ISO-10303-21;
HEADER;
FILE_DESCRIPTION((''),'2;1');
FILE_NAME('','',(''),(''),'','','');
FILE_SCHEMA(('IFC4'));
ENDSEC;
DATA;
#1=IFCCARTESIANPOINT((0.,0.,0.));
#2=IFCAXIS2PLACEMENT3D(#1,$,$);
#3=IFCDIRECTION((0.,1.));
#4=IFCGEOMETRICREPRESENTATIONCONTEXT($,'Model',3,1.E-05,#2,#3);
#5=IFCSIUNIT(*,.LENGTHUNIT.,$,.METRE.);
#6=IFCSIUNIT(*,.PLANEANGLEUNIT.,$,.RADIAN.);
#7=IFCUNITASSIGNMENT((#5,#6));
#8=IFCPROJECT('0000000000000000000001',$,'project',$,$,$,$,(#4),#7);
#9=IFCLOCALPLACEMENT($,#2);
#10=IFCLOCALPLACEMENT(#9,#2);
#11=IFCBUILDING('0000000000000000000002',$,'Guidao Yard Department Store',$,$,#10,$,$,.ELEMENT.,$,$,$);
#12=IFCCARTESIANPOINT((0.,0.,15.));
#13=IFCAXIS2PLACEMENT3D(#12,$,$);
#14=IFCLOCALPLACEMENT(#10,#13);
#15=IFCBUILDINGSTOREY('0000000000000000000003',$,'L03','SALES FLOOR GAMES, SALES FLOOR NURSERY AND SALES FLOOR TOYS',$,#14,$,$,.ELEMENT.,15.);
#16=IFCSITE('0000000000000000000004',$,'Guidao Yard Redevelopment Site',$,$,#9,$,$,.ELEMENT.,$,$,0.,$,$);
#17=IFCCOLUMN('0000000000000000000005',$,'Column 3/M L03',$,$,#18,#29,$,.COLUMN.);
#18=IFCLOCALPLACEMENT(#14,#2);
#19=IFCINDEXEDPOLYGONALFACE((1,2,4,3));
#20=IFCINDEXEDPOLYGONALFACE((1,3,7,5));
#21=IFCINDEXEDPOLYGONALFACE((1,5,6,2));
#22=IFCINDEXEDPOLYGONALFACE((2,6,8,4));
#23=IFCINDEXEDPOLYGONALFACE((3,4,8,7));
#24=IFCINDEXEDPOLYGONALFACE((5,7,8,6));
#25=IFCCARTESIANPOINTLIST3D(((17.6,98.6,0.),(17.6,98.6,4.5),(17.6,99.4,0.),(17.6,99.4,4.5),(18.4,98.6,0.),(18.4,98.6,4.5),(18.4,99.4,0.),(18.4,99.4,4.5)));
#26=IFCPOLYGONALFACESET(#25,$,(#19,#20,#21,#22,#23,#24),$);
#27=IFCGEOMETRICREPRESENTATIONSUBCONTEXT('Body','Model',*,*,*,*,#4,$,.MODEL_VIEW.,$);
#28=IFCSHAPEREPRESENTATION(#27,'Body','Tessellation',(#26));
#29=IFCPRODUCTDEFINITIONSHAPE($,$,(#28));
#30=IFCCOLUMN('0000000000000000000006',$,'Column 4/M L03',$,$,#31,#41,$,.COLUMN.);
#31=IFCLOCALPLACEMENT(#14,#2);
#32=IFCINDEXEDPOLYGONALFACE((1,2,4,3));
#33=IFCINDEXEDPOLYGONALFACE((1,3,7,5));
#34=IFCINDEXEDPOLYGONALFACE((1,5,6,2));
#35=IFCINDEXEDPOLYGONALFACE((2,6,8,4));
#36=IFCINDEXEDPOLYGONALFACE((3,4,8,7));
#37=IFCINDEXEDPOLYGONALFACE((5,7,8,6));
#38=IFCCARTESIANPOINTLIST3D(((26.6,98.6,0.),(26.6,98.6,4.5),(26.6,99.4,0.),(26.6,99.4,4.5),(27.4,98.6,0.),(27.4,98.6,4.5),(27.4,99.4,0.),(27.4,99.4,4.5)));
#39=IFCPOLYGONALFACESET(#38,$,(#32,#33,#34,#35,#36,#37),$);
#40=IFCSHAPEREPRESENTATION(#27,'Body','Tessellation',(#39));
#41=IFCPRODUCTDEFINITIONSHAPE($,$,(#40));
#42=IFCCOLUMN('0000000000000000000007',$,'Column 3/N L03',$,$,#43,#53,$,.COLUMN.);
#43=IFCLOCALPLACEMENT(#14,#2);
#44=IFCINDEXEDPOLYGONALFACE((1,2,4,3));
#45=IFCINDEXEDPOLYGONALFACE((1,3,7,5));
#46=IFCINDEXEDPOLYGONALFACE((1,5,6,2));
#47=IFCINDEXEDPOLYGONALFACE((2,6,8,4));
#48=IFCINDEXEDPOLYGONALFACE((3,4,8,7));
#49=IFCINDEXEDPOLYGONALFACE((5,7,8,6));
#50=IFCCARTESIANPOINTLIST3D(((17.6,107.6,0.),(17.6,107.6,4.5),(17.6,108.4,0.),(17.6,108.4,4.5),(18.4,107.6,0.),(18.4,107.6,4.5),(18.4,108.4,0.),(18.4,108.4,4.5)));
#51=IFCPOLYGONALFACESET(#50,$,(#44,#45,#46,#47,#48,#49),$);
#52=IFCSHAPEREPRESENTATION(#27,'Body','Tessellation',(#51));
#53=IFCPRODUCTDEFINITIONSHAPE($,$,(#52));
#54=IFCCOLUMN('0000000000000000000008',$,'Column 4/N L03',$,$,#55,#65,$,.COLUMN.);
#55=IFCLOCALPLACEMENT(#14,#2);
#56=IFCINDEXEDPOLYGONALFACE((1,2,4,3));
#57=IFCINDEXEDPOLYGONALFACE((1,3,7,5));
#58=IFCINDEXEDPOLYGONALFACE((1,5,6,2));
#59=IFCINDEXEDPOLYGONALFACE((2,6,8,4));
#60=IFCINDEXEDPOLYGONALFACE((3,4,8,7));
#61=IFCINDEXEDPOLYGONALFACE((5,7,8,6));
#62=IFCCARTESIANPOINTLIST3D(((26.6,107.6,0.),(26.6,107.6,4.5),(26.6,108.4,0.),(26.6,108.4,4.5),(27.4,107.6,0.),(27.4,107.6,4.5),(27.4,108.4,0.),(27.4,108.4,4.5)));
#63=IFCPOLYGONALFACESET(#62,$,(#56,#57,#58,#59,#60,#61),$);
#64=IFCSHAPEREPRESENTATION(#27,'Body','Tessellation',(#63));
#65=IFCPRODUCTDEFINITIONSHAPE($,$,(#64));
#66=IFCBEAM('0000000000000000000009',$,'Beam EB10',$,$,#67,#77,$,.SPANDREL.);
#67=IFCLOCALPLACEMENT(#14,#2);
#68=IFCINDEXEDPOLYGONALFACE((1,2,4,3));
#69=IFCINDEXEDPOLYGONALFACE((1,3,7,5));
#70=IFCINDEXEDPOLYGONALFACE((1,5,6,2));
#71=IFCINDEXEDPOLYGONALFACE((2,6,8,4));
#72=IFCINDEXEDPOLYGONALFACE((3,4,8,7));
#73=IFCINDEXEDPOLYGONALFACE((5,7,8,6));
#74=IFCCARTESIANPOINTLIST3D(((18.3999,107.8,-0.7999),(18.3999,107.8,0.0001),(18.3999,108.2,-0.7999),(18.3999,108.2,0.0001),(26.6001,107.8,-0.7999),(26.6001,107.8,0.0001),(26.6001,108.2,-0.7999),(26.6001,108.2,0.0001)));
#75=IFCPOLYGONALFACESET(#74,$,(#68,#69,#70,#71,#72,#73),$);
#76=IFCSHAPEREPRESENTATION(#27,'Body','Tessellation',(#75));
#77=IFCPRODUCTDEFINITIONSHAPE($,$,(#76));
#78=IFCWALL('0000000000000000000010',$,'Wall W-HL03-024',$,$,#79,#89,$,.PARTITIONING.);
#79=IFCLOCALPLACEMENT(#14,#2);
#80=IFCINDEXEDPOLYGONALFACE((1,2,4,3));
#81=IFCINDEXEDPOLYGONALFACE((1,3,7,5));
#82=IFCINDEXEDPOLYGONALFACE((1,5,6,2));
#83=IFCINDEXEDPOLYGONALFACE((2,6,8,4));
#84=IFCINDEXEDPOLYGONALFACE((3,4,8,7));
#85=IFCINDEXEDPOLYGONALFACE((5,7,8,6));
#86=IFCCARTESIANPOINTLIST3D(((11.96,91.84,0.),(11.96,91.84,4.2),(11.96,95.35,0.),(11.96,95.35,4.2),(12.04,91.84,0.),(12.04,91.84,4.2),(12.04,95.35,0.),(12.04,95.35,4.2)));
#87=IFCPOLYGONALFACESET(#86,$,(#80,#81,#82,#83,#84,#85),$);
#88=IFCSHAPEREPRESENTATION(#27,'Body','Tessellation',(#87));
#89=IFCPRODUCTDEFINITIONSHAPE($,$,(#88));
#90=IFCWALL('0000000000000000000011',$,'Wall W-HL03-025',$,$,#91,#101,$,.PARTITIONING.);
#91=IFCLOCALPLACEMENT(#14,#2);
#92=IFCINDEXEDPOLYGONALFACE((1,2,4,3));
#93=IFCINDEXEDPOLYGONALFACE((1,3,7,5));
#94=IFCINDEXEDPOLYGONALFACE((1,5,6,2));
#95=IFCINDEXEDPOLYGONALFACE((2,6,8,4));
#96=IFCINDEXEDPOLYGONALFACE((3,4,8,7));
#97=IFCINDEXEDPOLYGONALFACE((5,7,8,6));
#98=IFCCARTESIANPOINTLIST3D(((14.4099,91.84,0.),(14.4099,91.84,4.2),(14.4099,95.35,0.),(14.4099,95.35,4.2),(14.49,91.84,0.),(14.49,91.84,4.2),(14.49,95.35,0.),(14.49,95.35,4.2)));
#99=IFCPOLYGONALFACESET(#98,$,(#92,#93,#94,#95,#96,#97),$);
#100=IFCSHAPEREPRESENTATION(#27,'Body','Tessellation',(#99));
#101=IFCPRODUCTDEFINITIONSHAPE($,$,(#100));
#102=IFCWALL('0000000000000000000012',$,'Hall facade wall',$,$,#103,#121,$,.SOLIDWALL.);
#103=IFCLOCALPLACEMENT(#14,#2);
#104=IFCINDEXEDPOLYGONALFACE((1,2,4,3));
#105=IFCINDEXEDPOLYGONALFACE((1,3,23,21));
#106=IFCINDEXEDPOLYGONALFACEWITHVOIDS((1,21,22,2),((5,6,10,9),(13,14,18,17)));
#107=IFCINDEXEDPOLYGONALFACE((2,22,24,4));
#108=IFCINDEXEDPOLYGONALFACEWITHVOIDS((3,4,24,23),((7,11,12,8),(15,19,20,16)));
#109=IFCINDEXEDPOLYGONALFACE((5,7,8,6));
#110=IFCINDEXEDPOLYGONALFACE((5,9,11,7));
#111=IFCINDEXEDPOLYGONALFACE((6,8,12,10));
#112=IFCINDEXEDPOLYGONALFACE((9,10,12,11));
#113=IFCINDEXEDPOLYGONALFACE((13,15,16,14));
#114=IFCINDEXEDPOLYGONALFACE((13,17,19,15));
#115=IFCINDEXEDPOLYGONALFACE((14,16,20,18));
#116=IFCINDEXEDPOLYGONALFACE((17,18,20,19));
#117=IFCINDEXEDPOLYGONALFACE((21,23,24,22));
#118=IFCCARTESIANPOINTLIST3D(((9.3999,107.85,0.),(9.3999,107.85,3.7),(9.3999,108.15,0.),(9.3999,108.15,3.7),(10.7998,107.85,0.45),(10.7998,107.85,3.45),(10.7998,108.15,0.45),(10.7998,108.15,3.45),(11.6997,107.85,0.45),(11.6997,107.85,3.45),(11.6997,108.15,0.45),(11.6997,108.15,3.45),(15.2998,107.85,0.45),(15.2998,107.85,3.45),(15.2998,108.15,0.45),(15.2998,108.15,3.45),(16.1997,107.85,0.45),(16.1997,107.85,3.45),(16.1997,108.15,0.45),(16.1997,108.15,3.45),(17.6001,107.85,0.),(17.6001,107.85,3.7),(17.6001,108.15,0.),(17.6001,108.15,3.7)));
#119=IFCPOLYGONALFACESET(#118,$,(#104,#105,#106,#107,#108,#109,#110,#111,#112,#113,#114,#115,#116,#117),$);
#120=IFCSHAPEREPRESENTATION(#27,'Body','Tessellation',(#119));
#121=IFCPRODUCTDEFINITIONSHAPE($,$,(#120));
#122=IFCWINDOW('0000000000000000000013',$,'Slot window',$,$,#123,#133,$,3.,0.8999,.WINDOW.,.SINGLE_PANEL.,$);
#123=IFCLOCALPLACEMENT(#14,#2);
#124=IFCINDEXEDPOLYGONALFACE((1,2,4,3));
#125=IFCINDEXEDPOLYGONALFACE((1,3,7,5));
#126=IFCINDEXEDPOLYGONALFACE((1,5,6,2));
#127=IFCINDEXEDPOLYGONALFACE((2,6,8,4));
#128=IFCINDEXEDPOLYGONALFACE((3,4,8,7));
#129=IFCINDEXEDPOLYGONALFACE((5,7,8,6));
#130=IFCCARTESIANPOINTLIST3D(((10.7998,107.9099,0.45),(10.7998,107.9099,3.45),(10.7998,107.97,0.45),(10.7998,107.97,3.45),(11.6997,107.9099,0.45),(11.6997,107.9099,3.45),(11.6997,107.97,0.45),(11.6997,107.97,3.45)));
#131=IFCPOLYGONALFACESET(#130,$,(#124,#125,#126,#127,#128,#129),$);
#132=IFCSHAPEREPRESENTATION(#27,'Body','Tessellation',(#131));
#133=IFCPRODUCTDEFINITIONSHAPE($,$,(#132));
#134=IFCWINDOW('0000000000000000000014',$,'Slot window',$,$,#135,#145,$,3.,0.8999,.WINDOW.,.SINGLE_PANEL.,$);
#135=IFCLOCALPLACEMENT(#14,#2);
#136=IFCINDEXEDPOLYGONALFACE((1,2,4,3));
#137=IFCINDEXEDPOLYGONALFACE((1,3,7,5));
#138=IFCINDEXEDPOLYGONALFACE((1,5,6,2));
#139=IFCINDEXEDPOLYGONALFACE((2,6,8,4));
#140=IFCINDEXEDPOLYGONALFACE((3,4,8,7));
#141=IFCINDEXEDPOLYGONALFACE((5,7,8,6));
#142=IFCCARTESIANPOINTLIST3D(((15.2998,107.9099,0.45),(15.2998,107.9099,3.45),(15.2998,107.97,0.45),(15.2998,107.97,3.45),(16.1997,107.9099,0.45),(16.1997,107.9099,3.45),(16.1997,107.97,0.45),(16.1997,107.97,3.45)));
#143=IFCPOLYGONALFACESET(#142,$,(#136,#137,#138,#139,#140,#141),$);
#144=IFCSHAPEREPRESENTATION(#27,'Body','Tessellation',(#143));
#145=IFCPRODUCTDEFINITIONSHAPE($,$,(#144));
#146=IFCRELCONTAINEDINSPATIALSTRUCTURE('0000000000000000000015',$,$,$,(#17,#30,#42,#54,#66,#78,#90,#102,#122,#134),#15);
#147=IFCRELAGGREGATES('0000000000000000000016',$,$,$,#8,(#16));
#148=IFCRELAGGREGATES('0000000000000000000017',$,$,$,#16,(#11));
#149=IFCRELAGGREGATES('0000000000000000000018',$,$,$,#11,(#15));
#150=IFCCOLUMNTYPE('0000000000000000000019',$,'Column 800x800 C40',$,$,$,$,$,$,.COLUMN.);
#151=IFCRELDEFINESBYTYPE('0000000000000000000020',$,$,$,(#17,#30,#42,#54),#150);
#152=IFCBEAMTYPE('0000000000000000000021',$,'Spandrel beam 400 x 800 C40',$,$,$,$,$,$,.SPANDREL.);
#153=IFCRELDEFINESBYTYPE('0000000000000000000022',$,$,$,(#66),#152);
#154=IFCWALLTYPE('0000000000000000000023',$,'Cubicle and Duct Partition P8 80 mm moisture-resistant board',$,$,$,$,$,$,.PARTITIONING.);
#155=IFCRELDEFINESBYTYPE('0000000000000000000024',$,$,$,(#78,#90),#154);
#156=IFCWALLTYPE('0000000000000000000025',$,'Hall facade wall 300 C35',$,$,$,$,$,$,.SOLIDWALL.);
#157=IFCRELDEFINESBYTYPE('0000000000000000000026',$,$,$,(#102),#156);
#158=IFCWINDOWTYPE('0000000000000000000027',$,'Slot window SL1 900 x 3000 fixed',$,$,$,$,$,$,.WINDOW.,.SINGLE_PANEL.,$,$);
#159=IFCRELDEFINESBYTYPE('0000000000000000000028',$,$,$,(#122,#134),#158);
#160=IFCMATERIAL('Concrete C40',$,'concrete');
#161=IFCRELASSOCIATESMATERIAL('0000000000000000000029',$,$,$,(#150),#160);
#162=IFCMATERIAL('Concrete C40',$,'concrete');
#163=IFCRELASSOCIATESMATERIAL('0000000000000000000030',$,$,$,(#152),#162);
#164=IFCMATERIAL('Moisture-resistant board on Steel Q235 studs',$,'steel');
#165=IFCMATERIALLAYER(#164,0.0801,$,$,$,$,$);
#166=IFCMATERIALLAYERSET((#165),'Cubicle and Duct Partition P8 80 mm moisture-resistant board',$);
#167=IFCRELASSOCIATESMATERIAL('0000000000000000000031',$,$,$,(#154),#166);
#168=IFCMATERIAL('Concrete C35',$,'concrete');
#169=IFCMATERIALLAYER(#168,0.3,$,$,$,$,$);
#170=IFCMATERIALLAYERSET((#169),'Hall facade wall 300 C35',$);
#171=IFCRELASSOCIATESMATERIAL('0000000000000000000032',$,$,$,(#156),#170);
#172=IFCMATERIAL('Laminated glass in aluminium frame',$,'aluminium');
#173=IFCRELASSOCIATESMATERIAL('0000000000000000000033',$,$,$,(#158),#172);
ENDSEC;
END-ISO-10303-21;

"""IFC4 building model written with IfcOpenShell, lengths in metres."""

from ifc_helpers import new_model, si_unit, direction, frame, frame_2d, origin, origin_2d, place, context, subcontext, project, spatial, rectangle, extrude, material, layer, layer_set, material_profile, profile_set, type_object, element, fill, save


model = new_model("IFC4")

# Units and contexts
model_context = context("Model", 3, precision=1e-05, world=origin(), true_north=direction((0.0, 1.0)))
body_context = subcontext(model_context, "Body", "Model", "MODEL_VIEW")
ifc_project = project(units=[si_unit("LENGTHUNIT", "METRE"), si_unit("PLANEANGLEUNIT", "RADIAN")], contexts=[model_context])

# Site, building, storey
site_placement = place(None, origin())
site = spatial("IfcSite", under=ifc_project, at=site_placement, Name="Guidao Yard Redevelopment Site", CompositionType="ELEMENT", RefElevation=0.0)
building_placement = place(site_placement, origin())
building = spatial("IfcBuilding", under=site, at=building_placement, Name="Guidao Yard Department Store", CompositionType="ELEMENT")
storey_placement = place(building_placement, frame((0.0, 0.0, 15.0)))
storey = spatial("IfcBuildingStorey", under=building, at=storey_placement, Name="L03", Description="SALES FLOOR GAMES, SALES FLOOR NURSERY AND SALES FLOOR TOYS", CompositionType="ELEMENT", Elevation=15.0)

# Columns
ifc_material_1 = material(Name="Concrete C40", Category="concrete")
ifc_material_profile_1 = material_profile(ifc_material_1, rectangle(XDim=0.8, YDim=0.8, at=origin_2d()), Name="COL 800x800")
ifc_profile_set_1 = profile_set([ifc_material_profile_1], Name="Concrete C40")
column_type = type_object("IfcColumnType", Name="Column 800x800 C40", PredefinedType="COLUMN", material=ifc_profile_set_1)
for number, where, z_axis, x_axis, name in (
    (1, (18.0, 99.0, 0.0), (0.0, 0.0, 1.0), (1.0, 0.0, 0.0), "Column 3/M L03"),
    (2, (27.0, 99.0, 0.0), (0.0, 0.0, 1.0), (1.0, 0.0, 0.0), "Column 4/M L03"),
    (3, (18.0, 108.0, 0.0), (0.0, 0.0, 1.0), (1.0, 0.0, 0.0), "Column 3/N L03"),
    (4, (27.0, 108.0, 0.0), (0.0, 0.0, 1.0), (1.0, 0.0, 0.0), "Column 4/N L03"),
):
    element("IfcColumn", number, at=place(storey_placement, frame(where, z_axis=z_axis, x_axis=x_axis)), inside=storey, type_object=column_type, Name=name, PredefinedType="COLUMN", context=body_context, shape_type="SweptSolid", body=[
        extrude(rectangle(XDim=0.8, YDim=0.8, at=origin_2d()), origin(), (0.0, 0.0, 1.0), 4.5),
    ])

# Beam
ifc_material_2 = material(Name="Concrete C40", Category="concrete")
ifc_material_profile_2 = material_profile(ifc_material_2, rectangle(XDim=0.3999, YDim=0.8, at=origin_2d()), Name="Spandrel beam 400 x 800 C40")
ifc_profile_set_2 = profile_set([ifc_material_profile_2], Name="Concrete C40")
beam_type = type_object("IfcBeamType", Name="Spandrel beam 400 x 800 C40", PredefinedType="SPANDREL", material=ifc_profile_set_2)
beam_placement = place(storey_placement, frame((18.3999, 108.0, -0.3999), z_axis=(1.0, 0.0, 0.0), x_axis=(0.0, 1.0, 0.0)))
element("IfcBeam", 5, at=beam_placement, inside=storey, type_object=beam_type, Name="Beam EB10", PredefinedType="SPANDREL", context=body_context, shape_type="SweptSolid", body=[
    extrude(rectangle(XDim=0.3999, YDim=0.8, at=origin_2d()), origin(), (0.0, 0.0, 1.0), 8.2002),
])

# Walls
ifc_material_3 = material(Name="Moisture-resistant board on Steel Q235 studs", Category="steel")
ifc_layer_1 = layer(ifc_material_3, 0.0801)
ifc_layer_set_1 = layer_set([ifc_layer_1], Name="Cubicle and Duct Partition P8 80 mm moisture-resistant board")
wall_type_1 = type_object("IfcWallType", Name="Cubicle and Duct Partition P8 80 mm moisture-resistant board", PredefinedType="PARTITIONING", material=ifc_layer_set_1)
for number, where, z_axis, x_axis, name in (
    (6, (12.0, 91.8401, 0.0), (0.0, 0.0, 1.0), (0.0, 1.0, 0.0), "Wall W-HL03-024"),
    (7, (14.45, 91.8401, 0.0), (0.0, 0.0, 1.0), (0.0, 1.0, 0.0), "Wall W-HL03-025"),
):
    element("IfcWall", number, at=place(storey_placement, frame(where, z_axis=z_axis, x_axis=x_axis)), inside=storey, type_object=wall_type_1, Name=name, PredefinedType="PARTITIONING", context=body_context, shape_type="SweptSolid", body=[
        extrude(rectangle(XDim=3.51, YDim=0.0801, at=frame_2d((1.7549, 0.0))), origin(), (0.0, 0.0, 1.0), 4.2),
    ])

# Wall, openings, windows
ifc_material_4 = material(Name="Concrete C35", Category="concrete")
ifc_layer_2 = layer(ifc_material_4, 0.3)
ifc_layer_set_2 = layer_set([ifc_layer_2], Name="Hall facade wall 300 C35")
wall_type_2 = type_object("IfcWallType", Name="Hall facade wall 300 C35", PredefinedType="SOLIDWALL", material=ifc_layer_set_2)
wall_1_placement = place(storey_placement, frame((9.3999, 108.0, 0.0), z_axis=(0.0, 0.0, 1.0), x_axis=(1.0, 0.0, 0.0)))
wall_1 = element("IfcWall", 8, at=wall_1_placement, inside=storey, type_object=wall_type_2, Name="Hall facade wall", PredefinedType="SOLIDWALL", context=body_context, shape_type="SweptSolid", body=[
    extrude(rectangle(XDim=8.2002, YDim=0.3, at=frame_2d((4.1001, 0.0))), origin(), (0.0, 0.0, 1.0), 3.7),
])
opening_1_placement = place(wall_1_placement, frame((1.3999, 0.0, 0.45)))
opening_1 = element("IfcOpeningElement", 9, at=opening_1_placement, cuts=wall_1, PredefinedType="OPENING", context=body_context, shape_type="SweptSolid", body=[
    extrude(rectangle(XDim=0.8999, YDim=3.0, at=frame_2d((0.45, 1.5))), frame((0.0, 0.1599, 0.0), z_axis=(0.0, -1.0, 0.0), x_axis=(1.0, 0.0, 0.0)), (0.0, 0.0, 1.0), 0.3201),
])
opening_2_placement = place(wall_1_placement, frame((5.8999, 0.0, 0.45)))
opening_2 = element("IfcOpeningElement", 10, at=opening_2_placement, cuts=wall_1, PredefinedType="OPENING", context=body_context, shape_type="SweptSolid", body=[
    extrude(rectangle(XDim=0.8999, YDim=3.0, at=frame_2d((0.45, 1.5))), frame((0.0, 0.1599, 0.0), z_axis=(0.0, -1.0, 0.0), x_axis=(1.0, 0.0, 0.0)), (0.0, 0.0, 1.0), 0.3201),
])
ifc_material_5 = material(Name="Laminated glass in aluminium frame", Category="aluminium")
window_type = type_object("IfcWindowType", Name="Slot window SL1 900 x 3000 fixed", PartitioningType="SINGLE_PANEL", PredefinedType="WINDOW", material=ifc_material_5)
window_1_placement = place(opening_1_placement, origin())
window_1 = element("IfcWindow", 11, at=window_1_placement, inside=storey, type_object=window_type, Name="Slot window", OverallHeight=3.0, OverallWidth=0.8999, PartitioningType="SINGLE_PANEL", PredefinedType="WINDOW", context=body_context, shape_type="SweptSolid", body=[
    extrude(rectangle(XDim=0.8999, YDim=3.0, at=frame_2d((0.45, 1.5))), frame((0.0, -0.03, 0.0), z_axis=(0.0, -1.0, 0.0), x_axis=(1.0, 0.0, 0.0)), (0.0, 0.0, 1.0), 0.0601),
])
fill(opening_1, window_1)
window_2_placement = place(opening_2_placement, origin())
window_2 = element("IfcWindow", 12, at=window_2_placement, inside=storey, type_object=window_type, Name="Slot window", OverallHeight=3.0, OverallWidth=0.8999, PartitioningType="SINGLE_PANEL", PredefinedType="WINDOW", context=body_context, shape_type="SweptSolid", body=[
    extrude(rectangle(XDim=0.8999, YDim=3.0, at=frame_2d((0.45, 1.5))), frame((0.0, -0.03, 0.0), z_axis=(0.0, -1.0, 0.0), x_axis=(1.0, 0.0, 0.0)), (0.0, 0.0, 1.0), 0.0601),
])
fill(opening_2, window_2)

save(model, "model.ifc")
